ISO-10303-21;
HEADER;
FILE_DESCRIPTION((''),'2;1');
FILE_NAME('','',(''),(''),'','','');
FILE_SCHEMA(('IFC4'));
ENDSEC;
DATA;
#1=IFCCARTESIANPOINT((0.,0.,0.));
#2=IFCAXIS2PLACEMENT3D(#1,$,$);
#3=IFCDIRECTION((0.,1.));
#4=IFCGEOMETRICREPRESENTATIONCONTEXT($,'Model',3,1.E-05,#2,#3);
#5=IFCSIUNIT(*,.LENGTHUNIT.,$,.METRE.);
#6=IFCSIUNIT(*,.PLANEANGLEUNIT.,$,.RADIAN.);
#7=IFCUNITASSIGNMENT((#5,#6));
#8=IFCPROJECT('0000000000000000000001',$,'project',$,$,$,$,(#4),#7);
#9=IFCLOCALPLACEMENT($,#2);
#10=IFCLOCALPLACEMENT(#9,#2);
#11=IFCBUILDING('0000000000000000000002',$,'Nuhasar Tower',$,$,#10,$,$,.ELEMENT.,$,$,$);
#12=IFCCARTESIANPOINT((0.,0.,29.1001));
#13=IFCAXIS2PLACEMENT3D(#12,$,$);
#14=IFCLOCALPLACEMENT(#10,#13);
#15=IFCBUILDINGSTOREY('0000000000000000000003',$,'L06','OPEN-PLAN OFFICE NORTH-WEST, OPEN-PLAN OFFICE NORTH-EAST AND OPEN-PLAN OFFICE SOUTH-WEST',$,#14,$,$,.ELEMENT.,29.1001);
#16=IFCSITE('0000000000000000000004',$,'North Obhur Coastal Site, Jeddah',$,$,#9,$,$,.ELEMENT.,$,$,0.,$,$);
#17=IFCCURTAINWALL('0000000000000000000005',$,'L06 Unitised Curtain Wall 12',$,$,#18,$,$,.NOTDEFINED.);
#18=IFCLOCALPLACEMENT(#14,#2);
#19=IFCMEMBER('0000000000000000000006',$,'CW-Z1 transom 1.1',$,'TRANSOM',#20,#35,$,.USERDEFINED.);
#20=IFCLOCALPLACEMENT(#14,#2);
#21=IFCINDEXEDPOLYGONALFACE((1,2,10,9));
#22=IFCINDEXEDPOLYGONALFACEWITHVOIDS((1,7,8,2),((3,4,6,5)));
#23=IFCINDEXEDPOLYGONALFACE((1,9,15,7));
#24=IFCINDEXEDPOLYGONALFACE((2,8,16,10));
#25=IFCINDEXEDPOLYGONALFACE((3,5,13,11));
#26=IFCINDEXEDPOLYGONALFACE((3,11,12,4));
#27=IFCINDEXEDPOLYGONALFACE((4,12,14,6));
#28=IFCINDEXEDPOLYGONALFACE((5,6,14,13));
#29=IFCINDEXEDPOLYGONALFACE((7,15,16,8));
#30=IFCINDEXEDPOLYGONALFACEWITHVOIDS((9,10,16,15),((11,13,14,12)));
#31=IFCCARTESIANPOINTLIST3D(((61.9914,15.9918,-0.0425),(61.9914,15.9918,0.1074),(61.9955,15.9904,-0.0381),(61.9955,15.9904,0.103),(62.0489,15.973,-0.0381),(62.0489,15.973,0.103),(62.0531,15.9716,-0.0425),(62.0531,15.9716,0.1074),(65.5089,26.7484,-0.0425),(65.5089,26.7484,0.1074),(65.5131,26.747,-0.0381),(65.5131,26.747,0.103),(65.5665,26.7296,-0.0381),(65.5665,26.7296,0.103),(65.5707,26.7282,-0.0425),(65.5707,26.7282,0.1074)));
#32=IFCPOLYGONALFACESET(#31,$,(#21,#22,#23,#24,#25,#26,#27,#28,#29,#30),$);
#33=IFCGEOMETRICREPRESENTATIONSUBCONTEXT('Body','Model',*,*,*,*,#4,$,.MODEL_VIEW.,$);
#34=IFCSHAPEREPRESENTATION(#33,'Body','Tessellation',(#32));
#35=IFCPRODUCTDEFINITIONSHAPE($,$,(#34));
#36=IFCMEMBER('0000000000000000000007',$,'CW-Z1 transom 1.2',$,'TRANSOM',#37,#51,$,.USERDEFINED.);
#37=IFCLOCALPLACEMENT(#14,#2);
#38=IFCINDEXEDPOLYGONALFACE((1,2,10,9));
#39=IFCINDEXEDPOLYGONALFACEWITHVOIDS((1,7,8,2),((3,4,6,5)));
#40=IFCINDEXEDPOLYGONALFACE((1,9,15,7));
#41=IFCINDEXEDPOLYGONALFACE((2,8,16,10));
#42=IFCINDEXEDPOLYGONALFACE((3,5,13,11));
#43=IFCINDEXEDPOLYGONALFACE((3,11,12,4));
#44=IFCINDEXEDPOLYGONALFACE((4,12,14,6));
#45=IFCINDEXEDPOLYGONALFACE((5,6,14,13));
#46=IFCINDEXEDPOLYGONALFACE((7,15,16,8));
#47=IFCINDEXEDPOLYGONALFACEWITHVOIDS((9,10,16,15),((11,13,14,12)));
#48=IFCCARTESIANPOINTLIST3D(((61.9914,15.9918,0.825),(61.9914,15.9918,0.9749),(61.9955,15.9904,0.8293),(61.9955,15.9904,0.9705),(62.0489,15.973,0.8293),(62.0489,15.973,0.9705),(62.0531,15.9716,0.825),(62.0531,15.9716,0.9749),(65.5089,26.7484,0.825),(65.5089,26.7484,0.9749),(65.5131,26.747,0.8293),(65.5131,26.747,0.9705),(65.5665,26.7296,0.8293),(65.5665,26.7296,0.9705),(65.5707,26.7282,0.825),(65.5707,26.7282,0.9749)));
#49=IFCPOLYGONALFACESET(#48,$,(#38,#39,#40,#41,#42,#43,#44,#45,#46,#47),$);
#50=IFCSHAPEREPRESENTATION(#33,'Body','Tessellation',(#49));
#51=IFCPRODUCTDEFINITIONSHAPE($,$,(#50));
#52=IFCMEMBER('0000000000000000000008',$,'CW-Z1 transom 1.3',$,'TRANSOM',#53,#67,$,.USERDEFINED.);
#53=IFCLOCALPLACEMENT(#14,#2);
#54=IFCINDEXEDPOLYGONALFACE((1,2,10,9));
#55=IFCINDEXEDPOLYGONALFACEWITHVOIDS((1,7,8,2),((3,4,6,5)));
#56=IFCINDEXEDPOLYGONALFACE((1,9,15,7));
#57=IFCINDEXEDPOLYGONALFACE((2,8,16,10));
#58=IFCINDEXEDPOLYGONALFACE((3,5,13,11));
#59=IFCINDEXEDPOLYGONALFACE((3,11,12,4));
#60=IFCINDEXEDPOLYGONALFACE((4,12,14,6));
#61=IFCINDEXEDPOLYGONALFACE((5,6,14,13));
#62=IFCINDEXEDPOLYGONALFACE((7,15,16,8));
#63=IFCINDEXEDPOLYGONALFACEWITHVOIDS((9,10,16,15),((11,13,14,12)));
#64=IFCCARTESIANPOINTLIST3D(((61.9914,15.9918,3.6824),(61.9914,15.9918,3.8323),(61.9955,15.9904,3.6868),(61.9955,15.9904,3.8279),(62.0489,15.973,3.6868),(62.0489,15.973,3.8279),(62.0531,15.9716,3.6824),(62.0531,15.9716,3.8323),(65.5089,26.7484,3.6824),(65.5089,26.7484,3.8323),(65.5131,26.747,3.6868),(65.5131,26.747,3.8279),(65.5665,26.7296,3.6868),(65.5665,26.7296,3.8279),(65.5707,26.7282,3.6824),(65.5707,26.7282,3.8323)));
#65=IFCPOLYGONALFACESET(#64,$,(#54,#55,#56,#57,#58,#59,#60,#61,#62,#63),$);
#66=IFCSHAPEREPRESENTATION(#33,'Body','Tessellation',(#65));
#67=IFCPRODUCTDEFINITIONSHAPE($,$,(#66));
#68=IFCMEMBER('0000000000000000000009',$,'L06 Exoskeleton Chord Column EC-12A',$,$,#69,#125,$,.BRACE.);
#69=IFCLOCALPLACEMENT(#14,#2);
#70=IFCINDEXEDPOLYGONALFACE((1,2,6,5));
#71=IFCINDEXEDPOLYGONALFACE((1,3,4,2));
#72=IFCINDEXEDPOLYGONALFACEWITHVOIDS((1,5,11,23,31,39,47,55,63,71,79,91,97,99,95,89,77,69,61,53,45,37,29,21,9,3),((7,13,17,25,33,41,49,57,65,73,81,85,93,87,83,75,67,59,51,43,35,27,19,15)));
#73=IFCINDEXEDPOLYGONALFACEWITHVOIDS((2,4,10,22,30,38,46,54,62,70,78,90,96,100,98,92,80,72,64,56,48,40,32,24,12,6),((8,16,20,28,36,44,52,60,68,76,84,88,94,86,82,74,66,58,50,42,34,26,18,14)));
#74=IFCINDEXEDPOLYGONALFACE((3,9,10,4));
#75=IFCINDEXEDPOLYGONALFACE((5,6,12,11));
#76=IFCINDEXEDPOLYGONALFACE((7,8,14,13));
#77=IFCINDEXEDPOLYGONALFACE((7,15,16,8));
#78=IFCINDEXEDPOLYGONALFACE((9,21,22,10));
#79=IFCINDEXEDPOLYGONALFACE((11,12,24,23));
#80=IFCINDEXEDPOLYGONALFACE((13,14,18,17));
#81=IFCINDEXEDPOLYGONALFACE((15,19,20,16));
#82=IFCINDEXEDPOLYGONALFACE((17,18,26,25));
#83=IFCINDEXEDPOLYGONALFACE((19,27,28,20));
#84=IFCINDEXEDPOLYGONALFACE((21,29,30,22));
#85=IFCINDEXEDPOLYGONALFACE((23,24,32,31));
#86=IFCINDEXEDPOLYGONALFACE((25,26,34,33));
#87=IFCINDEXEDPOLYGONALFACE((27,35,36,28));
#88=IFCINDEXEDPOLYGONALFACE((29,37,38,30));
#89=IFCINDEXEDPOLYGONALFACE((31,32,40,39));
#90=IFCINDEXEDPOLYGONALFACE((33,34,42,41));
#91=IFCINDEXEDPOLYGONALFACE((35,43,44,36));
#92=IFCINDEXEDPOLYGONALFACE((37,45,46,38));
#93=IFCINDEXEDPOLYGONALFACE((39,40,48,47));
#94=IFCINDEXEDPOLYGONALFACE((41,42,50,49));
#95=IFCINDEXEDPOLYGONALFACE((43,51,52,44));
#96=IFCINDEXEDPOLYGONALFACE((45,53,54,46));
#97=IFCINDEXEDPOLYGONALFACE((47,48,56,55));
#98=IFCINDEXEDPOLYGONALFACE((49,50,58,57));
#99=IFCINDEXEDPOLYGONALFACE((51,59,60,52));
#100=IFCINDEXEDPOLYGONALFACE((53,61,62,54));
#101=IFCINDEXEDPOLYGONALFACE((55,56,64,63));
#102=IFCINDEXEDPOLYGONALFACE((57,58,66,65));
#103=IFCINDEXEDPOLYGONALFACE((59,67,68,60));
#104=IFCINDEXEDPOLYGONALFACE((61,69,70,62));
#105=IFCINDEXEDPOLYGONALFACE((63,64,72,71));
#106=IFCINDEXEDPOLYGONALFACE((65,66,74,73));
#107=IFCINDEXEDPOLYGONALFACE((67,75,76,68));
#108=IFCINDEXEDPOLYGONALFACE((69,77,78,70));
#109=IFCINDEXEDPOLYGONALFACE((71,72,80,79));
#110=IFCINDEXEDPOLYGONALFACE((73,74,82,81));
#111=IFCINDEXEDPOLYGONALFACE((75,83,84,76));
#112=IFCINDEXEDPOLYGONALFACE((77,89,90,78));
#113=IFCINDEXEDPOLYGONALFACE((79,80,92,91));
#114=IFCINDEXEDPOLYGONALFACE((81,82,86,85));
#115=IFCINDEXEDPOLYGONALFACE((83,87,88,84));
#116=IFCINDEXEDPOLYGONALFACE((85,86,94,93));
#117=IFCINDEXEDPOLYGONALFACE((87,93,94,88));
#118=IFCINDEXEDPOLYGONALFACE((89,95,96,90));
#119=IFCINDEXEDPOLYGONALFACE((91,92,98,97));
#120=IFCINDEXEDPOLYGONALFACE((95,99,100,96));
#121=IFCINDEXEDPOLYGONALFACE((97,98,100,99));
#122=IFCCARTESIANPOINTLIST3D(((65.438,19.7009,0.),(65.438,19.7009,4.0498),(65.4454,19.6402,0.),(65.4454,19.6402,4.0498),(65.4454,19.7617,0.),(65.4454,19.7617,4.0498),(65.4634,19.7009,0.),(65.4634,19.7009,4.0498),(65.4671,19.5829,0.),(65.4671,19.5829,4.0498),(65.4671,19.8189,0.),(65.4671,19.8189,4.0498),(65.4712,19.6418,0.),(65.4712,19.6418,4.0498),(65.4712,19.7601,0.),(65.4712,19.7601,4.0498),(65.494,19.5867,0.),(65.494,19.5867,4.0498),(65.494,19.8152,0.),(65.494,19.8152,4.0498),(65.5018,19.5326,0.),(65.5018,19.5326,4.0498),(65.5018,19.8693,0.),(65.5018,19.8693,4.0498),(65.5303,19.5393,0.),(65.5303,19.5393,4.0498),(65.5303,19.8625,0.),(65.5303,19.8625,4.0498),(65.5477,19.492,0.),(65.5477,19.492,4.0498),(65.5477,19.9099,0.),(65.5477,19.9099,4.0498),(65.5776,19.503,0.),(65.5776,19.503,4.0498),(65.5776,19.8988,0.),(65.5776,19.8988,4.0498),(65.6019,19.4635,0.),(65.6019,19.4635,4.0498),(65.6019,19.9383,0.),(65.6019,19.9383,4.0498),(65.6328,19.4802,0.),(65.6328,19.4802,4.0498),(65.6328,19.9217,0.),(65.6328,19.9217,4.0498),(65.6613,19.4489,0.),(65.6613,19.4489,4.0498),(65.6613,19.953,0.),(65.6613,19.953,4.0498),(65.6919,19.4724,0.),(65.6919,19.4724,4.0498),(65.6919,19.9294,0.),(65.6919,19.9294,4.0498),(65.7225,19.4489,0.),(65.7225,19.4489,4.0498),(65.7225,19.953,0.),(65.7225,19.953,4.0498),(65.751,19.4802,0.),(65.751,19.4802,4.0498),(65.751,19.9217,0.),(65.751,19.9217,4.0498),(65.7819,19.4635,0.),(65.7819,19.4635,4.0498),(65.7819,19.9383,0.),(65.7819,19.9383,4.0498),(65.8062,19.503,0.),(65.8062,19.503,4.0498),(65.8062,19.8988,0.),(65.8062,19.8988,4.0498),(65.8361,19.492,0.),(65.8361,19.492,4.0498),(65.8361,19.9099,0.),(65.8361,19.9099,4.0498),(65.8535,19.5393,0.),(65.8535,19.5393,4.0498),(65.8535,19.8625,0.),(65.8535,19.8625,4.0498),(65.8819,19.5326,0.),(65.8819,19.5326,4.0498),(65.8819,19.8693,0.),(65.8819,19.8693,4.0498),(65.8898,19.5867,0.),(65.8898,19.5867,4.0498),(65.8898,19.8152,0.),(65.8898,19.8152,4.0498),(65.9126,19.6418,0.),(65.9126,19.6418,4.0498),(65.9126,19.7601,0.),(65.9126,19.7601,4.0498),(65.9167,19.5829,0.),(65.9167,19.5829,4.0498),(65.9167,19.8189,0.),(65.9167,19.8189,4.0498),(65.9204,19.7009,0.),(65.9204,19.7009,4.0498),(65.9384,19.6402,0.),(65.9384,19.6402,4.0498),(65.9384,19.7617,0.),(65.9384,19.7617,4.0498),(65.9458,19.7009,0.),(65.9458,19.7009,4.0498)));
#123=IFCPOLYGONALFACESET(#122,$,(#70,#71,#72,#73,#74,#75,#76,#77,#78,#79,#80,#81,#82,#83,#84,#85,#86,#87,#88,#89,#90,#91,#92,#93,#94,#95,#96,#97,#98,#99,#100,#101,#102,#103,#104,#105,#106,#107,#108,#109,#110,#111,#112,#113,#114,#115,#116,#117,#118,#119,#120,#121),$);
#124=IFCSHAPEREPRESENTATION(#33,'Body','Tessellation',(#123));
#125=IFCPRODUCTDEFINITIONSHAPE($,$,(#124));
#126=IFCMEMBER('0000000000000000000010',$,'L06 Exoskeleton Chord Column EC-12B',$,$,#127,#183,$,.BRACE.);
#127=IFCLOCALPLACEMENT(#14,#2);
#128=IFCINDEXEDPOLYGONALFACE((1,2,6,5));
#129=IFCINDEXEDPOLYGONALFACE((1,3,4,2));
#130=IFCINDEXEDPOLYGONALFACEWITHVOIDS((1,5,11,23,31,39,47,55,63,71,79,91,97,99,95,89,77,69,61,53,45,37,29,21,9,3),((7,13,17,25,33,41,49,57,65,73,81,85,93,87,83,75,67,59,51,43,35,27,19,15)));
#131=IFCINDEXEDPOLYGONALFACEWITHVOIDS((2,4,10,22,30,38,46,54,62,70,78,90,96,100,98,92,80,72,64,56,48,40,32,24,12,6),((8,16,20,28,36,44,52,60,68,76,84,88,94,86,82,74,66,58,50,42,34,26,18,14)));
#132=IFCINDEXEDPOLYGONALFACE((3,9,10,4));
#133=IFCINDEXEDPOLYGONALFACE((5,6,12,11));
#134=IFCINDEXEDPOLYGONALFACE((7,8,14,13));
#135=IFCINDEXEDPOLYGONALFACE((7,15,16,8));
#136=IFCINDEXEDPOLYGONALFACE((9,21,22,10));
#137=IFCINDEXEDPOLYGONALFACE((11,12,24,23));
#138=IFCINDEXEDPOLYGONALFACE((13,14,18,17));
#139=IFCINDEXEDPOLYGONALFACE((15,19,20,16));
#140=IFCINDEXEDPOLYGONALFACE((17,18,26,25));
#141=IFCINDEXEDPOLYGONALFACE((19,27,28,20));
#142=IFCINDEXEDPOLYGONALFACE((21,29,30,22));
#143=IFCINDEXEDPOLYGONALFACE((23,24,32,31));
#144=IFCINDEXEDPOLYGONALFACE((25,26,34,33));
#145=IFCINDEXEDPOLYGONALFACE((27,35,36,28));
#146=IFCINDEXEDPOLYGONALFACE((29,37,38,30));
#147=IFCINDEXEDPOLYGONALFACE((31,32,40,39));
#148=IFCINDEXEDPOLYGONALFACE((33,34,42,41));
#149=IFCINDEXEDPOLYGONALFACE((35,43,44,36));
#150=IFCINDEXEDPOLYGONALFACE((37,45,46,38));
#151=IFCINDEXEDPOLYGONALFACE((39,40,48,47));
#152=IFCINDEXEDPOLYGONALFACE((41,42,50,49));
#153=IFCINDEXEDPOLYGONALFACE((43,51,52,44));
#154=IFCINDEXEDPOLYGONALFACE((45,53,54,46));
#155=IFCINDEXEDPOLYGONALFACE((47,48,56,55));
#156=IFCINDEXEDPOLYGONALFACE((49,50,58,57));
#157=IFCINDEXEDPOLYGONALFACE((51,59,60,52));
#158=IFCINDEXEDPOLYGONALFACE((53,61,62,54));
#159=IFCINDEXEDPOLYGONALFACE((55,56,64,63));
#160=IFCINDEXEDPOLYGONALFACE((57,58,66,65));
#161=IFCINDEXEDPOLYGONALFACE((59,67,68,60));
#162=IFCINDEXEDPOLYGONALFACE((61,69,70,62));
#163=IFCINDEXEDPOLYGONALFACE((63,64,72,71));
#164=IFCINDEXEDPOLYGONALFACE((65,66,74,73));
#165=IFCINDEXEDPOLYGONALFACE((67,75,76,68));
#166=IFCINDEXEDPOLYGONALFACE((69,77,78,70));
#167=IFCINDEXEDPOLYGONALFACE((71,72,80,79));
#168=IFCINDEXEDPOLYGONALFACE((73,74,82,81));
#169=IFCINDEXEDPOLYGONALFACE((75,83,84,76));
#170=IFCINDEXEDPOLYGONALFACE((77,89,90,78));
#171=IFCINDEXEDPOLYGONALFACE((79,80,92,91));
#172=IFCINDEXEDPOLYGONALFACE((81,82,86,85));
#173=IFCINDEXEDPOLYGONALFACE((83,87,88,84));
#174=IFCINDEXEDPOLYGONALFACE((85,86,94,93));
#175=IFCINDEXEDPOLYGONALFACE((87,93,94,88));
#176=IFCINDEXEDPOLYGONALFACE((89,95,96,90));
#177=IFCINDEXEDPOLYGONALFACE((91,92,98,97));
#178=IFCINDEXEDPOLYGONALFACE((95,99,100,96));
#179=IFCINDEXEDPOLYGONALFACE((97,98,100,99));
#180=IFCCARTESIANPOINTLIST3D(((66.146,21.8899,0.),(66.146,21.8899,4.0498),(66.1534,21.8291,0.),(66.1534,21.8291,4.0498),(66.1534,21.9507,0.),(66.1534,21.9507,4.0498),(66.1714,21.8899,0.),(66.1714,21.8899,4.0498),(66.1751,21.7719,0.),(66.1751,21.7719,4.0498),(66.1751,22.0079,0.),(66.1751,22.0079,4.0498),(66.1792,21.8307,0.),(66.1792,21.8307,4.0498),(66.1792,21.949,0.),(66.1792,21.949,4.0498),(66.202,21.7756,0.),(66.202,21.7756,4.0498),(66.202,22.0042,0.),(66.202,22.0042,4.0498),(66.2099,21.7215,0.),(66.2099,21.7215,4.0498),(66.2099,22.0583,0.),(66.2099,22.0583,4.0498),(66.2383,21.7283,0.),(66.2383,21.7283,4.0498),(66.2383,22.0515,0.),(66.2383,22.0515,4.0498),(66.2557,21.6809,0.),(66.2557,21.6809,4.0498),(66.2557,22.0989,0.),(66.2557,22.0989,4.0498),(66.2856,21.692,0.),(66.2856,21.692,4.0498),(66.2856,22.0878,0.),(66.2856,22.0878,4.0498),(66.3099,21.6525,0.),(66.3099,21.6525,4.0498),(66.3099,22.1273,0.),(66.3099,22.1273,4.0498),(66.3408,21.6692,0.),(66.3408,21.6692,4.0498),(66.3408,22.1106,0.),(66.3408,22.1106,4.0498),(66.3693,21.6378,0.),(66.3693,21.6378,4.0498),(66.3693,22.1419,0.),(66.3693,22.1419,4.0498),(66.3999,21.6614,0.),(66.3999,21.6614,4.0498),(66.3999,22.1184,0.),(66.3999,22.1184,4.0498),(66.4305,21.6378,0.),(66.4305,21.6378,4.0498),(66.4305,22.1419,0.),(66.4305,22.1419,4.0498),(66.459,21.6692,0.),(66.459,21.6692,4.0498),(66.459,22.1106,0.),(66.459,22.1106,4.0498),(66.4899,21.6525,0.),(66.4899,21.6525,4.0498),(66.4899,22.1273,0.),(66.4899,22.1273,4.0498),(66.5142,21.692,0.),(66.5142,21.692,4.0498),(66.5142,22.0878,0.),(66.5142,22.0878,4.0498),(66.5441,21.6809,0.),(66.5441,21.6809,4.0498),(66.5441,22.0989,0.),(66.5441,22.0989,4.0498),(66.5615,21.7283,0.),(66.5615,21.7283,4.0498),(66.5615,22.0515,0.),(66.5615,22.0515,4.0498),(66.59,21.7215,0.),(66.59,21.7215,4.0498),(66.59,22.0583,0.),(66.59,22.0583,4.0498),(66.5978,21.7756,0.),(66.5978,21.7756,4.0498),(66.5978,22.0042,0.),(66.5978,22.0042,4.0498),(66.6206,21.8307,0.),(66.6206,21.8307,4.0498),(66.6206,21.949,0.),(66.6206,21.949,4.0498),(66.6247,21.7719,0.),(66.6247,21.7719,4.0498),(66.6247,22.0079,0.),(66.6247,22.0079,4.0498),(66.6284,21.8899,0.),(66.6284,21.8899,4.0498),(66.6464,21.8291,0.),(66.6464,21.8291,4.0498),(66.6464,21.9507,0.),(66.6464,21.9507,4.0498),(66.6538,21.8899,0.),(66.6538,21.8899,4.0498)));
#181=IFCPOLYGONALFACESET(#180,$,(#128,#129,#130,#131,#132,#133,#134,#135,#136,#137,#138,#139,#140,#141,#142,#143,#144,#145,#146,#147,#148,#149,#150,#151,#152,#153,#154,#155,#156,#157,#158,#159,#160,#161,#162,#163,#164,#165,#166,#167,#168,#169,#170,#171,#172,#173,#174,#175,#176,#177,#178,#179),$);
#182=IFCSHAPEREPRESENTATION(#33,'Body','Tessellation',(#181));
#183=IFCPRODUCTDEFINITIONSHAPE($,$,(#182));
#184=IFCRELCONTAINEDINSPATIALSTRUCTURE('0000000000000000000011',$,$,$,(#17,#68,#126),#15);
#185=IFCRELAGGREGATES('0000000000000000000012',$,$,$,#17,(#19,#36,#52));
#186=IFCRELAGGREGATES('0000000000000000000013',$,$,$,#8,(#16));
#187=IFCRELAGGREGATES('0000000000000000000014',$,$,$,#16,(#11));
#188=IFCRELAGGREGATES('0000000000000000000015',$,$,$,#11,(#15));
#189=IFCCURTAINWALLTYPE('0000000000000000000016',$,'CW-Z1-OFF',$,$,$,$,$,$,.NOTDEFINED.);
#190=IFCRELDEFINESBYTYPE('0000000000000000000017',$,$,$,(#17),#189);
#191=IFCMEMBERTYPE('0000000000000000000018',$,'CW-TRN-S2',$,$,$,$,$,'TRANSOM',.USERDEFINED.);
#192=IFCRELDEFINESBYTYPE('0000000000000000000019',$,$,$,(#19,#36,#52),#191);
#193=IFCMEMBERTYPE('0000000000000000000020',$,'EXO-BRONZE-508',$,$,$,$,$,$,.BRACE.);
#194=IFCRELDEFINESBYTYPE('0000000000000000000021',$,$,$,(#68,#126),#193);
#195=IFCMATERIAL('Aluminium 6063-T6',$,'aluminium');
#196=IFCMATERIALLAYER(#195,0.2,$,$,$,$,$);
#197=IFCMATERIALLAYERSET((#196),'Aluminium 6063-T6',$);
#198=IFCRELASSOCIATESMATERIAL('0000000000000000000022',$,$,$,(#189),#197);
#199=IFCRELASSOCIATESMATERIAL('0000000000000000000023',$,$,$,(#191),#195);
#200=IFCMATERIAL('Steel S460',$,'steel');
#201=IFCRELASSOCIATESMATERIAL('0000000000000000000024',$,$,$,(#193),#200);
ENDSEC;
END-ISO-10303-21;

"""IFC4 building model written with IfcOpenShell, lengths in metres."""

from ifc_helpers import new_model, si_unit, direction, frame, origin, origin_2d, place, context, subcontext, project, spatial, hollow_rectangle, hollow_circle, extrude, material, layer, layer_set, material_profile, profile_set, type_object, element, aggregate, save


model = new_model("IFC4")

# Units and contexts
model_context = context("Model", 3, precision=1e-05, world=origin(), true_north=direction((0.0, 1.0)))
body_context = subcontext(model_context, "Body", "Model", "MODEL_VIEW")
ifc_project = project(units=[si_unit("LENGTHUNIT", "METRE"), si_unit("PLANEANGLEUNIT", "RADIAN")], contexts=[model_context])

# Site, building, storey
site_placement = place(None, origin())
site = spatial("IfcSite", under=ifc_project, at=site_placement, Name="North Obhur Coastal Site, Jeddah", CompositionType="ELEMENT", RefElevation=0.0)
building_placement = place(site_placement, origin())
building = spatial("IfcBuilding", under=site, at=building_placement, Name="Nuhasar Tower", CompositionType="ELEMENT")
storey_placement = place(building_placement, frame((0.0, 0.0, 29.1001)))
storey = spatial("IfcBuildingStorey", under=building, at=storey_placement, Name="L06", Description="OPEN-PLAN OFFICE NORTH-WEST, OPEN-PLAN OFFICE NORTH-EAST AND OPEN-PLAN OFFICE SOUTH-WEST", CompositionType="ELEMENT", Elevation=29.1001)

# Curtain wall, members
ifc_material_1 = material(Name="Aluminium 6063-T6", Category="aluminium")
ifc_layer_1 = layer(ifc_material_1, 0.2)
ifc_layer_set_1 = layer_set([ifc_layer_1], Name="Aluminium 6063-T6")
curtain_wall_type = type_object("IfcCurtainWallType", Name="CW-Z1-OFF", PredefinedType="NOTDEFINED", material=ifc_layer_set_1)
curtain_wall_placement = place(storey_placement, origin())
curtain_wall = element("IfcCurtainWall", 1, at=curtain_wall_placement, inside=storey, type_object=curtain_wall_type, Name="L06 Unitised Curtain Wall 12", PredefinedType="NOTDEFINED")
ifc_material_profile_1 = material_profile(ifc_material_1, hollow_rectangle(XDim=0.0649, YDim=0.1499, WallThickness=0.0044, at=origin_2d()), Name="CWT-2")
ifc_profile_set_1 = profile_set([ifc_material_profile_1], Name="Aluminium 6063-T6")
member_type_1 = type_object("IfcMemberType", Name="CW-TRN-S2", ElementType="TRANSOM", PredefinedType="USERDEFINED", material=ifc_profile_set_1)
member_1_placement = place(storey_placement, frame((62.0222, 15.9817, 0.0325), z_axis=(0.310819, 0.950469, 0.0), x_axis=(-0.950469, 0.310819, 0.0)))
member_1 = element("IfcMember", 2, at=member_1_placement, type_object=member_type_1, Name="CW-Z1 transom 1.1", ObjectType="TRANSOM", PredefinedType="USERDEFINED", context=body_context, shape_type="SweptSolid", body=[
    extrude(hollow_rectangle(XDim=0.0649, YDim=0.1499, WallThickness=0.0044, at=origin_2d()), origin(), (0.0, 0.0, 1.0), 11.3171),
])
member_2_placement = place(storey_placement, frame((62.0222, 15.9817, 0.8999), z_axis=(0.310819, 0.950469, 0.0), x_axis=(-0.950469, 0.310819, 0.0)))
member_2 = element("IfcMember", 3, at=member_2_placement, type_object=member_type_1, Name="CW-Z1 transom 1.2", ObjectType="TRANSOM", PredefinedType="USERDEFINED", context=body_context, shape_type="SweptSolid", body=[
    extrude(hollow_rectangle(XDim=0.0649, YDim=0.1499, WallThickness=0.0044, at=origin_2d()), origin(), (0.0, 0.0, 1.0), 11.3171),
])
member_3_placement = place(storey_placement, frame((62.0222, 15.9817, 3.7573), z_axis=(0.310819, 0.950469, 0.0), x_axis=(-0.950469, 0.310819, 0.0)))
member_3 = element("IfcMember", 4, at=member_3_placement, type_object=member_type_1, Name="CW-Z1 transom 1.3", ObjectType="TRANSOM", PredefinedType="USERDEFINED", context=body_context, shape_type="SweptSolid", body=[
    extrude(hollow_rectangle(XDim=0.0649, YDim=0.1499, WallThickness=0.0044, at=origin_2d()), origin(), (0.0, 0.0, 1.0), 11.3171),
])

# Members
ifc_material_2 = material(Name="Steel S460", Category="steel")
ifc_material_profile_2 = material_profile(ifc_material_2, hollow_circle(Radius=0.2539, WallThickness=0.0254, at=origin_2d()), Name="HSS508X25.4")
ifc_profile_set_2 = profile_set([ifc_material_profile_2], Name="Steel S460")
member_type_2 = type_object("IfcMemberType", Name="EXO-BRONZE-508", PredefinedType="BRACE", material=ifc_profile_set_2)
for number, where, z_axis, x_axis, name in (
    (5, (65.6919, 19.7009, 0.0), (0.0, 0.0, 1.0), (1.0, 0.0, 0.0), "L06 Exoskeleton Chord Column EC-12A"),
    (6, (66.3999, 21.8899, 0.0), (0.0, 0.0, 1.0), (1.0, 0.0, 0.0), "L06 Exoskeleton Chord Column EC-12B"),
):
    element("IfcMember", number, at=place(storey_placement, frame(where, z_axis=z_axis, x_axis=x_axis)), inside=storey, type_object=member_type_2, Name=name, PredefinedType="BRACE", context=body_context, shape_type="SweptSolid", body=[
        extrude(hollow_circle(Radius=0.2539, WallThickness=0.0254, at=origin_2d()), origin(), (0.0, 0.0, 1.0), 4.0498),
    ])

aggregate(curtain_wall, [member_1, member_2, member_3])

save(model, "model.ifc")
